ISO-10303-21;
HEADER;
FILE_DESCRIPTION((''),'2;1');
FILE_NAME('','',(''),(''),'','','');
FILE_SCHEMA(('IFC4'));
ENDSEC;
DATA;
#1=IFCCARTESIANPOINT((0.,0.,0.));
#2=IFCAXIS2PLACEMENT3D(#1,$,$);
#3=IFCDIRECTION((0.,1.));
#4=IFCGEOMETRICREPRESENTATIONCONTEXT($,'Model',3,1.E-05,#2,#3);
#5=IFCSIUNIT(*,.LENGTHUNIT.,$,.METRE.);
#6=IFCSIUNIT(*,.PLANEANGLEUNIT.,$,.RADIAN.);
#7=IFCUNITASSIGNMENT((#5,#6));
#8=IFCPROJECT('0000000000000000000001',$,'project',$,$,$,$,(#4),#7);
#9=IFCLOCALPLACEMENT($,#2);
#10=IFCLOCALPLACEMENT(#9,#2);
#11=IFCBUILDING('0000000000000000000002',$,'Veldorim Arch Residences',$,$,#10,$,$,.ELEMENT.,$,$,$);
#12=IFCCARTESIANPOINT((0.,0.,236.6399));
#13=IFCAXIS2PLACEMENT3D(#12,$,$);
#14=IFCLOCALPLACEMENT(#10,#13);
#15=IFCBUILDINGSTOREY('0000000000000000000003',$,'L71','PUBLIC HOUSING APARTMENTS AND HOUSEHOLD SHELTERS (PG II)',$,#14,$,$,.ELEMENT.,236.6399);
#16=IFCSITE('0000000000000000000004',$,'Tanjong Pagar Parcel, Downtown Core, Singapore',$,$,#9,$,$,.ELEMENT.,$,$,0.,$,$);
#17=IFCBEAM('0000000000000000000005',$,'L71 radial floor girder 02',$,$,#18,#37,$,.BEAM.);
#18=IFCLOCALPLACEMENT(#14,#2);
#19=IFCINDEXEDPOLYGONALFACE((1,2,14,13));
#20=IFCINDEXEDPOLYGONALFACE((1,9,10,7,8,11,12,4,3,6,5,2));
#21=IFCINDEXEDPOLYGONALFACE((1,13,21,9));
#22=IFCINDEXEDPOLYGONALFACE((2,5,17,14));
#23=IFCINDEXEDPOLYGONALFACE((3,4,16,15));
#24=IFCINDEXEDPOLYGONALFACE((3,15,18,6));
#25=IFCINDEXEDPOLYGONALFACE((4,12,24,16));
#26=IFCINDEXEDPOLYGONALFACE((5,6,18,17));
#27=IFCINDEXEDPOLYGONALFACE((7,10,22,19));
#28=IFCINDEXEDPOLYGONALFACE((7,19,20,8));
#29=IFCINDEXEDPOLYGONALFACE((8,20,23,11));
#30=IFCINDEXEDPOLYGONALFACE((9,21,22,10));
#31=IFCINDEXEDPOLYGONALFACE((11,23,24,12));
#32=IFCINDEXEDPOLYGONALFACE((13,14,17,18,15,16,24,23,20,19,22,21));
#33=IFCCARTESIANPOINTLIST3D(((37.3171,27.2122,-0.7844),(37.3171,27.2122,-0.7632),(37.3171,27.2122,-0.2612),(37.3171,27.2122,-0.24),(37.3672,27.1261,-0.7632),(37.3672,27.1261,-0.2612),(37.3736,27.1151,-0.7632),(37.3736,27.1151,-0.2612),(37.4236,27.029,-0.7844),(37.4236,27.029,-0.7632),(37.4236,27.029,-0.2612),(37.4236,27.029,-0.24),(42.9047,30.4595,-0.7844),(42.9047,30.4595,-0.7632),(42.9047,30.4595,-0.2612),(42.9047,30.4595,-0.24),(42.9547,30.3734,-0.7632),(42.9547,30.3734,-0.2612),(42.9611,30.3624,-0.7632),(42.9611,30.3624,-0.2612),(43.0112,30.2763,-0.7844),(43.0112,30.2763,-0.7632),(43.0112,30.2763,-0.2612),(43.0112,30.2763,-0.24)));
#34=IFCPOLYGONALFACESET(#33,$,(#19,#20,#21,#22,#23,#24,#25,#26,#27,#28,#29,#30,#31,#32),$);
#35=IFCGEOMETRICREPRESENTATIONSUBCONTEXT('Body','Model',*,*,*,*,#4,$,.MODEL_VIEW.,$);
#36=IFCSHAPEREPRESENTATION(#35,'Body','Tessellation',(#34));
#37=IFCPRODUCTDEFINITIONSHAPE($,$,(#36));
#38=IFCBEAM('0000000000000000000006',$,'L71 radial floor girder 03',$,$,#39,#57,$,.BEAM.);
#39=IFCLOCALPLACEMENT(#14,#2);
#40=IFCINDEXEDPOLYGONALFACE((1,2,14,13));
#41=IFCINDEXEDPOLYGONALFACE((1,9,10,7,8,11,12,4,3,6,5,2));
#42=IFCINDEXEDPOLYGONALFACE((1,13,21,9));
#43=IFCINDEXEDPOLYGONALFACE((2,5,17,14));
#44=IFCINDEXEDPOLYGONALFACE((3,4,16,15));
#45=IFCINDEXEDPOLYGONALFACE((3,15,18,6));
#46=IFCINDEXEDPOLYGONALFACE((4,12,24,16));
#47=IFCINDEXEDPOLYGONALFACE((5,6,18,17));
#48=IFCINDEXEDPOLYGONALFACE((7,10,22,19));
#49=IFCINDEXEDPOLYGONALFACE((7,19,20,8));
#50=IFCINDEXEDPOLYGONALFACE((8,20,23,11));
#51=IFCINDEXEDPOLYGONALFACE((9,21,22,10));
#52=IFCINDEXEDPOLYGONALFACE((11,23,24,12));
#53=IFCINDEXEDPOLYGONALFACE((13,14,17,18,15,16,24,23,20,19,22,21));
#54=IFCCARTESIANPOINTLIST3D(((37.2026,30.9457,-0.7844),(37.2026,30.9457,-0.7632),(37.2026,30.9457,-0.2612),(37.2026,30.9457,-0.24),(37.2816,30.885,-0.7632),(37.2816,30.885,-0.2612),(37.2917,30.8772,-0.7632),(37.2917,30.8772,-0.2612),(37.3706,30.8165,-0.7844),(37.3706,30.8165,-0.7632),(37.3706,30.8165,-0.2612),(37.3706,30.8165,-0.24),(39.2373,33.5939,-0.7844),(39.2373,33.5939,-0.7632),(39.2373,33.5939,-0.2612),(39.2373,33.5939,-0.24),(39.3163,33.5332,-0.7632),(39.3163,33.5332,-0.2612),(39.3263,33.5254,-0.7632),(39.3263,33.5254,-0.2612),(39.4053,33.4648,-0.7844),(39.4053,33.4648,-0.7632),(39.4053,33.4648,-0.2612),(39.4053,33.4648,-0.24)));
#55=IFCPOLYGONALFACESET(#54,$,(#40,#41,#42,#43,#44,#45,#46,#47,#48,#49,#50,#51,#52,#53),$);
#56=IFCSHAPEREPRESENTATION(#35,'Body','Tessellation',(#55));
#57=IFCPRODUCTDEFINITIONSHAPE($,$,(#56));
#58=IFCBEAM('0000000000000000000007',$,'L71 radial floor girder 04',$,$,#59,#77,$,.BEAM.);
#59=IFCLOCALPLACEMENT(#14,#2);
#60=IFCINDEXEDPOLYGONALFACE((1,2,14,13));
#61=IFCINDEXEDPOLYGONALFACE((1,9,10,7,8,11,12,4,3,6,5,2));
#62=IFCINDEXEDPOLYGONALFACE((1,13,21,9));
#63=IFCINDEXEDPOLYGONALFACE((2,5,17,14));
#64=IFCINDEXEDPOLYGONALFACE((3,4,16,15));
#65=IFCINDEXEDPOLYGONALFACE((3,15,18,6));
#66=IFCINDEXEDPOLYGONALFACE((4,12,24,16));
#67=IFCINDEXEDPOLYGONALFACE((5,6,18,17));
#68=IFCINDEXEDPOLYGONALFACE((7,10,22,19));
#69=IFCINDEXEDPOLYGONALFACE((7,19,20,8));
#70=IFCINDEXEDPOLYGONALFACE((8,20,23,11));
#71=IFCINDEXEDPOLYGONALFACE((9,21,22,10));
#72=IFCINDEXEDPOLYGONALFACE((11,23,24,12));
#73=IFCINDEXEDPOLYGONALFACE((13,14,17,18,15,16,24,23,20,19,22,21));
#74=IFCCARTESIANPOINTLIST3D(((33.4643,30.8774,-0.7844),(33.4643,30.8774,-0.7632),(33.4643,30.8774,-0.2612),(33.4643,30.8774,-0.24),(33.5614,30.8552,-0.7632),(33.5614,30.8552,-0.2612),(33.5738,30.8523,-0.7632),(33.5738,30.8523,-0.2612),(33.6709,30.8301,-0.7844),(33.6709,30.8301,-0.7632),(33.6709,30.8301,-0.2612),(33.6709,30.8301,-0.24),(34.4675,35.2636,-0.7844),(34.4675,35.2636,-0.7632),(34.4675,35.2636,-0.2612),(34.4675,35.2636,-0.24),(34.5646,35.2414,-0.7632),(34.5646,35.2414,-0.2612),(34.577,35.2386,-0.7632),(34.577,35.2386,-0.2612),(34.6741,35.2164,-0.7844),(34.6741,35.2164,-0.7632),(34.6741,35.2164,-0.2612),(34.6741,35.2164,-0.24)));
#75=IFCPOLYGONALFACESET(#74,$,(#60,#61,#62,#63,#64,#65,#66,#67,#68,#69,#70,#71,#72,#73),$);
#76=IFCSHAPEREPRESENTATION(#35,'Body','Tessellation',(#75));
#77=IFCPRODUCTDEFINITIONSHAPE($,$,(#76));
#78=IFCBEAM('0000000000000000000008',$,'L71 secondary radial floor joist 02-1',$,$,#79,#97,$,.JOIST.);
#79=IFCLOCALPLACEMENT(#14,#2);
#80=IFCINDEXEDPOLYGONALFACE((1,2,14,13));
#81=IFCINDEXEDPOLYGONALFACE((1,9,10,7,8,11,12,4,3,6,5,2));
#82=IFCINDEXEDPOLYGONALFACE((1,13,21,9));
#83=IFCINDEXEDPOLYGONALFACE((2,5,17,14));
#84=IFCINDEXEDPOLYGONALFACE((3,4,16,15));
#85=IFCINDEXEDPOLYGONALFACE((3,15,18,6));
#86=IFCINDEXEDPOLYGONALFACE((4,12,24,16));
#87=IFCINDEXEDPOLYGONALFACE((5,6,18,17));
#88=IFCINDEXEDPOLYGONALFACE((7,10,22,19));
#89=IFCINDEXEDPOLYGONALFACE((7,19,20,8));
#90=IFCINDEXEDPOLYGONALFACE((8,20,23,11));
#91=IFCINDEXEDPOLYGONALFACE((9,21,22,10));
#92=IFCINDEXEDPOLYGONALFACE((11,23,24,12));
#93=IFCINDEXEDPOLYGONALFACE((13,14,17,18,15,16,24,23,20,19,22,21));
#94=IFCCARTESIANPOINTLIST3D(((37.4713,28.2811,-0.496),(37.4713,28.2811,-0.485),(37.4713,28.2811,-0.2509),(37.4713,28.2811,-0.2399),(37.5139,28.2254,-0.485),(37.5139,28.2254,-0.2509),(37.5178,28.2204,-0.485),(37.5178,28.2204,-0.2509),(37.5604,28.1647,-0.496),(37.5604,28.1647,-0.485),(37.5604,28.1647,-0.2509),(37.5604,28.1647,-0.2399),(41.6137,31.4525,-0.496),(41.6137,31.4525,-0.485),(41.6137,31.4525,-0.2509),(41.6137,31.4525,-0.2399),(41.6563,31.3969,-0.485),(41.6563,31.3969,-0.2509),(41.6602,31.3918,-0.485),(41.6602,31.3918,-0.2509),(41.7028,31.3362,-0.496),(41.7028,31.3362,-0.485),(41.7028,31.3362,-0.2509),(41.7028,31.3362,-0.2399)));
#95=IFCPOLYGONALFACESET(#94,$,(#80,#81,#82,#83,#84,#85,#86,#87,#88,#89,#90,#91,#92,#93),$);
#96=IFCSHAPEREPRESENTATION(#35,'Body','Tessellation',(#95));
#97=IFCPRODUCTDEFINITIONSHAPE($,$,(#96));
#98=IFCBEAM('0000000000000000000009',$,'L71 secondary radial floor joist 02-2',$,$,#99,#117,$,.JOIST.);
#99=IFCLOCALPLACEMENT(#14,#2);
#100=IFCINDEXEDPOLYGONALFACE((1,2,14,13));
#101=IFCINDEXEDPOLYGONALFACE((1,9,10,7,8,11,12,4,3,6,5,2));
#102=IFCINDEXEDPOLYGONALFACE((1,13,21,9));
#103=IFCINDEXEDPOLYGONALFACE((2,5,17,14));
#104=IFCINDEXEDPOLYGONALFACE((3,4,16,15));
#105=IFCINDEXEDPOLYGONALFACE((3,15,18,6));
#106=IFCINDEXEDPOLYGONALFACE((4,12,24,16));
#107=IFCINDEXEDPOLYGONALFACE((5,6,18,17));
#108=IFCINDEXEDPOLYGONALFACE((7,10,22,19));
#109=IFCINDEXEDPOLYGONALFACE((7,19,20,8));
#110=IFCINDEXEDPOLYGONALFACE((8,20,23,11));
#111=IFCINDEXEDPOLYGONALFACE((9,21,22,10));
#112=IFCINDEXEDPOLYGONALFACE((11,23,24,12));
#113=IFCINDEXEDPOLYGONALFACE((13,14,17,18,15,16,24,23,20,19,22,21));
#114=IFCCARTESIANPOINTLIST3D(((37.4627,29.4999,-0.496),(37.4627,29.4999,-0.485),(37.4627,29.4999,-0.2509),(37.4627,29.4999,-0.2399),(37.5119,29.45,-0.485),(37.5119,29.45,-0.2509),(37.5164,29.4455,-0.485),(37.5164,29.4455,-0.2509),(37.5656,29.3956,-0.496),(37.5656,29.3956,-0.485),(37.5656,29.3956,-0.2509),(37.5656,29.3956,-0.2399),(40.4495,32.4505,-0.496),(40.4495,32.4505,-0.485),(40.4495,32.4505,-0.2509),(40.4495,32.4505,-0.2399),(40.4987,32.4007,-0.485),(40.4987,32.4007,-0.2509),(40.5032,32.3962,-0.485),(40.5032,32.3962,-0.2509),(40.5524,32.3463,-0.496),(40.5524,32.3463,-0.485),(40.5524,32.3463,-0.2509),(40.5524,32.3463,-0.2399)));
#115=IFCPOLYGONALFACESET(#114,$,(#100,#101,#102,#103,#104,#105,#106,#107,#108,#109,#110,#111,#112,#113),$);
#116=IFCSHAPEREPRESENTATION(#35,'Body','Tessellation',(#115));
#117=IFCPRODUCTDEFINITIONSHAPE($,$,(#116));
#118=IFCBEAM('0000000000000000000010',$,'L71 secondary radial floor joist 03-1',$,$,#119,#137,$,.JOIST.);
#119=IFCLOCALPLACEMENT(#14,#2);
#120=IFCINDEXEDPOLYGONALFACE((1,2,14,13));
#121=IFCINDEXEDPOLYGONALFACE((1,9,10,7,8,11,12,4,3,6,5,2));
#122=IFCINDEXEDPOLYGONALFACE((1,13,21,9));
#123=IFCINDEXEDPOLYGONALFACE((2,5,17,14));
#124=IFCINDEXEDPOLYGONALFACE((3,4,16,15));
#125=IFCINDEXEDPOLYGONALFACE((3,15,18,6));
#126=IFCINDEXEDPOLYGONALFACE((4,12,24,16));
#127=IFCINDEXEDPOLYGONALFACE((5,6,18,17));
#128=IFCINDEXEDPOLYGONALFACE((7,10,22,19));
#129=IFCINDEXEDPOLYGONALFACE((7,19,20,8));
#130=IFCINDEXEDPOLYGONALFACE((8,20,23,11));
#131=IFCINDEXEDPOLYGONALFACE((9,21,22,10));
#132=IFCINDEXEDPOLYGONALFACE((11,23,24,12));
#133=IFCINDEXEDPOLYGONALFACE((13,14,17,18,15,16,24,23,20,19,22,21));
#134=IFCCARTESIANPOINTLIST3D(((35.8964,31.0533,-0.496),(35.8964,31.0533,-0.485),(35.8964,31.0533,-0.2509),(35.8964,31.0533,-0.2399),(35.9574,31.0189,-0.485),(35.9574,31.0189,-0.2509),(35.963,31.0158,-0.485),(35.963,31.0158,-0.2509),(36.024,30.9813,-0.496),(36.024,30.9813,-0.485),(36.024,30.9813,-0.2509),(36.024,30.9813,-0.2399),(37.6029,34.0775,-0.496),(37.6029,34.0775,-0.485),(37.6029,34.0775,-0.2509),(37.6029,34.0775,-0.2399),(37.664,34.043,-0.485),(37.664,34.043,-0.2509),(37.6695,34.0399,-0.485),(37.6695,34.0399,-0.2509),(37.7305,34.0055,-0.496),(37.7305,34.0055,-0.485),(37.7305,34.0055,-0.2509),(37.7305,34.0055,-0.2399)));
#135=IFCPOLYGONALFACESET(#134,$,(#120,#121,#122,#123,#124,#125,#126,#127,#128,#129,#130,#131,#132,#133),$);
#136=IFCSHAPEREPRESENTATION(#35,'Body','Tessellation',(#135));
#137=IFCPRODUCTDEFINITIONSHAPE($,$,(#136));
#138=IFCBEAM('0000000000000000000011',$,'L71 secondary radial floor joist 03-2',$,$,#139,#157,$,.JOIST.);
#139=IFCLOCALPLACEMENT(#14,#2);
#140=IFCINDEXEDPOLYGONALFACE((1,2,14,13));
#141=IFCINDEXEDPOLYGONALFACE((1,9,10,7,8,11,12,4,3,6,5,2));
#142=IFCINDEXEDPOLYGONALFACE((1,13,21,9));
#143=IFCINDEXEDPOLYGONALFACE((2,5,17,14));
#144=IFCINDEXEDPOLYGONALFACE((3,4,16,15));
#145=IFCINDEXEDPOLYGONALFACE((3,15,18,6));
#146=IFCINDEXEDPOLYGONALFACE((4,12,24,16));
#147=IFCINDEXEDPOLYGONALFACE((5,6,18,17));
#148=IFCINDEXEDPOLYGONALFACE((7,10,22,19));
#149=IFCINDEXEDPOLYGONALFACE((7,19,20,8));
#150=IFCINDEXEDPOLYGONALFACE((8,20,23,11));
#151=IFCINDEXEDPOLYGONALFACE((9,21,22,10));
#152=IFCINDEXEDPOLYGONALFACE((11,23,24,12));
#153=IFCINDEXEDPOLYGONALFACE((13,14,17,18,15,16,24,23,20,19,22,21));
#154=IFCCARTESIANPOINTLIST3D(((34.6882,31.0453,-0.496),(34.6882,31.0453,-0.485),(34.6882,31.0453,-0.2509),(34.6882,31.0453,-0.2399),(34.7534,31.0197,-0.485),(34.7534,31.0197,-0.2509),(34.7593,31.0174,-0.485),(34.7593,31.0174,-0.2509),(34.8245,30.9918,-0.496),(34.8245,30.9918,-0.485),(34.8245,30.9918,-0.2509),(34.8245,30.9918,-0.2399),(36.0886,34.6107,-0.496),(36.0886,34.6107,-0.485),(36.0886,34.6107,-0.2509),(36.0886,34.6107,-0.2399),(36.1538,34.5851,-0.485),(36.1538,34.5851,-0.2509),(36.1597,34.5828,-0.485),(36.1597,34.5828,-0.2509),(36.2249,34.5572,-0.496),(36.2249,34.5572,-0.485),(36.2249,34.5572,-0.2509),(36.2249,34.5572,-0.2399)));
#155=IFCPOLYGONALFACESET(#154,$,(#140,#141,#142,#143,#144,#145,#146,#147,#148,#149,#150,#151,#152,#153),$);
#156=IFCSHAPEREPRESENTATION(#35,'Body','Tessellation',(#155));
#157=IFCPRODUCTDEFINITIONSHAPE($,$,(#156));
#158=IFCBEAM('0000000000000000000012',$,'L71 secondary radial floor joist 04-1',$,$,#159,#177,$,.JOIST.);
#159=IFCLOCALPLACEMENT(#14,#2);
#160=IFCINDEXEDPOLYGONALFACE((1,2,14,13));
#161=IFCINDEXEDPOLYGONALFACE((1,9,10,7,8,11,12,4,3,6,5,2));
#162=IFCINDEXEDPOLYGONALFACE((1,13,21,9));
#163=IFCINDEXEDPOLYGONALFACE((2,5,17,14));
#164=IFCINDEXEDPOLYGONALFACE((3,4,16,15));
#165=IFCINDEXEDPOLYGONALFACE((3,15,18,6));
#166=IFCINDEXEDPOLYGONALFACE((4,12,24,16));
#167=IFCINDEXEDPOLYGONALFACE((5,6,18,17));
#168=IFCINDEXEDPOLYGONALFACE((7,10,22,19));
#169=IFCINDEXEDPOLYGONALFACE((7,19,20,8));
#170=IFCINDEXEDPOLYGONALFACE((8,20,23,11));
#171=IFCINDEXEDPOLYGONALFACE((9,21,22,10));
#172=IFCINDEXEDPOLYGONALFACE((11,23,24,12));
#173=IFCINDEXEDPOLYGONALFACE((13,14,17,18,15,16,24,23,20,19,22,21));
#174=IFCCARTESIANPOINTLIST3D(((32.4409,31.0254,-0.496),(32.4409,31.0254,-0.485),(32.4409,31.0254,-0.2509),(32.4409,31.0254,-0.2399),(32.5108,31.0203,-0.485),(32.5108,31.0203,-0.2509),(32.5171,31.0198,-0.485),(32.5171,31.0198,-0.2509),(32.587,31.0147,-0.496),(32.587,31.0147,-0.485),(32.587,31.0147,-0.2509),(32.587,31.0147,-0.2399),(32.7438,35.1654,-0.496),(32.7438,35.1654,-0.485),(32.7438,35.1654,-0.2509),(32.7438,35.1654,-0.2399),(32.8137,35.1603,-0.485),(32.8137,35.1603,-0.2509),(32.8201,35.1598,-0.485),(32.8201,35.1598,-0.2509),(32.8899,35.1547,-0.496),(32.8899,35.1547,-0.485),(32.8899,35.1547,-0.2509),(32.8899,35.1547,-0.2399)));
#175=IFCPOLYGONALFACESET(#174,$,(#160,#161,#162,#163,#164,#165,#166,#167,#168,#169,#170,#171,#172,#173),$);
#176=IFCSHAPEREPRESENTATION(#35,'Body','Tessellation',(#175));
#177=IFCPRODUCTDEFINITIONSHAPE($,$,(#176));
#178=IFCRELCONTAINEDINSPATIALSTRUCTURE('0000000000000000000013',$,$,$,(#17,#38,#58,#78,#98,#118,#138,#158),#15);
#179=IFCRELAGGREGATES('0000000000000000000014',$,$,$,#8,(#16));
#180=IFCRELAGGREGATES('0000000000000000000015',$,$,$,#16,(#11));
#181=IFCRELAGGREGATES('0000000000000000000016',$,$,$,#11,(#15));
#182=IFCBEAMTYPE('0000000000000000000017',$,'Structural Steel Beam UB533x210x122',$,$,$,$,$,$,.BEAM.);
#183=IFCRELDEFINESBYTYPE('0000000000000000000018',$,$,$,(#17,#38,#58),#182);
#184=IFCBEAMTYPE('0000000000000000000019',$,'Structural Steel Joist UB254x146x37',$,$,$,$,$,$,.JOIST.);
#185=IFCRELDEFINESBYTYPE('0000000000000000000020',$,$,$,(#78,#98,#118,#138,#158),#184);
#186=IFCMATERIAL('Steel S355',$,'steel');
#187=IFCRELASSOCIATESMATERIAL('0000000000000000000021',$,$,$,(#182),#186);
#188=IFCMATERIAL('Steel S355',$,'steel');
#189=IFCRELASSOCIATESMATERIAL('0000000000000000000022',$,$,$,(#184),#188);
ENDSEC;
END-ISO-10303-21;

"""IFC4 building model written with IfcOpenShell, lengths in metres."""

from ifc_helpers import new_model, si_unit, direction, frame, origin, origin_2d, place, context, subcontext, project, spatial, i_section, extrude, material, material_profile, profile_set, type_object, element, save


model = new_model("IFC4")

# Units and contexts
model_context = context("Model", 3, precision=1e-05, world=origin(), true_north=direction((0.0, 1.0)))
body_context = subcontext(model_context, "Body", "Model", "MODEL_VIEW")
ifc_project = project(units=[si_unit("LENGTHUNIT", "METRE"), si_unit("PLANEANGLEUNIT", "RADIAN")], contexts=[model_context])

# Site, building, storey
site_placement = place(None, origin())
site = spatial("IfcSite", under=ifc_project, at=site_placement, Name="Tanjong Pagar Parcel, Downtown Core, Singapore", CompositionType="ELEMENT", RefElevation=0.0)
building_placement = place(site_placement, origin())
building = spatial("IfcBuilding", under=site, at=building_placement, Name="Veldorim Arch Residences", CompositionType="ELEMENT")
storey_placement = place(building_placement, frame((0.0, 0.0, 236.6399)))
storey = spatial("IfcBuildingStorey", under=building, at=storey_placement, Name="L71", Description="PUBLIC HOUSING APARTMENTS AND HOUSEHOLD SHELTERS (PG II)", CompositionType="ELEMENT", Elevation=236.6399)

# Beams
ifc_material_1 = material(Name="Steel S355", Category="steel")
ifc_material_profile_1 = material_profile(ifc_material_1, i_section(OverallWidth=0.2119, OverallDepth=0.5444, WebThickness=0.0127, FlangeThickness=0.0212, at=origin_2d()), Name="UB533x210x122")
ifc_profile_set_1 = profile_set([ifc_material_profile_1], Name="Steel S355")
beam_type_1 = type_object("IfcBeamType", Name="Structural Steel Beam UB533x210x122", PredefinedType="BEAM", material=ifc_profile_set_1)
beam_1_placement = place(storey_placement, frame((37.3704, 27.1206, -0.5122), z_axis=(0.864596, 0.502468, 0.0), x_axis=(-0.502468, 0.864596, 0.0)))
element("IfcBeam", 1, at=beam_1_placement, inside=storey, type_object=beam_type_1, Name="L71 radial floor girder 02", PredefinedType="BEAM", context=body_context, shape_type="SweptSolid", body=[
    extrude(i_section(OverallWidth=0.2119, OverallDepth=0.5444, WebThickness=0.0127, FlangeThickness=0.0212, at=origin_2d()), origin(), (0.0, 0.0, 1.0), 6.4626),
])
beam_2_placement = place(storey_placement, frame((37.2866, 30.8811, -0.5122), z_axis=(0.609258, 0.792972, 0.0), x_axis=(-0.792972, 0.609258, 0.0)))
element("IfcBeam", 2, at=beam_2_placement, inside=storey, type_object=beam_type_1, Name="L71 radial floor girder 03", PredefinedType="BEAM", context=body_context, shape_type="SweptSolid", body=[
    extrude(i_section(OverallWidth=0.2119, OverallDepth=0.5444, WebThickness=0.0127, FlangeThickness=0.0212, at=origin_2d()), origin(), (0.0, 0.0, 1.0), 3.3396),
])
beam_3_placement = place(storey_placement, frame((33.5676, 30.8538, -0.5122), z_axis=(0.222953, 0.974829, 0.0), x_axis=(-0.974829, 0.222953, 0.0)))
element("IfcBeam", 3, at=beam_3_placement, inside=storey, type_object=beam_type_1, Name="L71 radial floor girder 04", PredefinedType="BEAM", context=body_context, shape_type="SweptSolid", body=[
    extrude(i_section(OverallWidth=0.2119, OverallDepth=0.5444, WebThickness=0.0127, FlangeThickness=0.0212, at=origin_2d()), origin(), (0.0, 0.0, 1.0), 4.4995),
])
ifc_material_2 = material(Name="Steel S355", Category="steel")
ifc_material_profile_2 = material_profile(ifc_material_2, i_section(OverallWidth=0.1465, OverallDepth=0.2561, WebThickness=0.0063, FlangeThickness=0.011, at=origin_2d()), Name="UB254x146x37")
ifc_profile_set_2 = profile_set([ifc_material_profile_2], Name="Steel S355")
beam_type_2 = type_object("IfcBeamType", Name="Structural Steel Joist UB254x146x37", PredefinedType="JOIST", material=ifc_profile_set_2)
beam_4_placement = place(storey_placement, frame((37.5159, 28.2229, -0.3679), z_axis=(0.794014, 0.6079, 0.0), x_axis=(-0.6079, 0.794014, 0.0)))
element("IfcBeam", 4, at=beam_4_placement, inside=storey, type_object=beam_type_2, Name="L71 secondary radial floor joist 02-1", PredefinedType="JOIST", context=body_context, shape_type="SweptSolid", body=[
    extrude(i_section(OverallWidth=0.1465, OverallDepth=0.2561, WebThickness=0.0063, FlangeThickness=0.011, at=origin_2d()), origin(), (0.0, 0.0, 1.0), 5.217),
])
beam_5_placement = place(storey_placement, frame((37.5142, 29.4478, -0.3679), z_axis=(0.711397, 0.702791, 0.0), x_axis=(-0.702791, 0.711397, 0.0)))
element("IfcBeam", 5, at=beam_5_placement, inside=storey, type_object=beam_type_2, Name="L71 secondary radial floor joist 02-2", PredefinedType="JOIST", context=body_context, shape_type="SweptSolid", body=[
    extrude(i_section(OverallWidth=0.1465, OverallDepth=0.2561, WebThickness=0.0063, FlangeThickness=0.011, at=origin_2d()), origin(), (0.0, 0.0, 1.0), 4.1985),
])
beam_6_placement = place(storey_placement, frame((35.9602, 31.0173, -0.3679), z_axis=(0.491452, 0.870904, 0.0), x_axis=(-0.870904, 0.491452, 0.0)))
element("IfcBeam", 6, at=beam_6_placement, inside=storey, type_object=beam_type_2, Name="L71 secondary radial floor joist 03-1", PredefinedType="JOIST", context=body_context, shape_type="SweptSolid", body=[
    extrude(i_section(OverallWidth=0.1465, OverallDepth=0.2561, WebThickness=0.0063, FlangeThickness=0.011, at=origin_2d()), origin(), (0.0, 0.0, 1.0), 3.4724),
])
beam_7_placement = place(storey_placement, frame((34.7563, 31.0186, -0.3679), z_axis=(0.365581, 0.930779, 0.0), x_axis=(-0.930779, 0.365581, 0.0)))
element("IfcBeam", 7, at=beam_7_placement, inside=storey, type_object=beam_type_2, Name="L71 secondary radial floor joist 03-2", PredefinedType="JOIST", context=body_context, shape_type="SweptSolid", body=[
    extrude(i_section(OverallWidth=0.1465, OverallDepth=0.2561, WebThickness=0.0063, FlangeThickness=0.011, at=origin_2d()), origin(), (0.0, 0.0, 1.0), 3.8306),
])
beam_8_placement = place(storey_placement, frame((32.5139, 31.02, -0.3679), z_axis=(0.072986, 0.997333, 0.0), x_axis=(-0.997333, 0.072986, 0.0)))
element("IfcBeam", 8, at=beam_8_placement, inside=storey, type_object=beam_type_2, Name="L71 secondary radial floor joist 04-1", PredefinedType="JOIST", context=body_context, shape_type="SweptSolid", body=[
    extrude(i_section(OverallWidth=0.1465, OverallDepth=0.2561, WebThickness=0.0063, FlangeThickness=0.011, at=origin_2d()), origin(), (0.0, 0.0, 1.0), 4.1511),
])

save(model, "model.ifc")
